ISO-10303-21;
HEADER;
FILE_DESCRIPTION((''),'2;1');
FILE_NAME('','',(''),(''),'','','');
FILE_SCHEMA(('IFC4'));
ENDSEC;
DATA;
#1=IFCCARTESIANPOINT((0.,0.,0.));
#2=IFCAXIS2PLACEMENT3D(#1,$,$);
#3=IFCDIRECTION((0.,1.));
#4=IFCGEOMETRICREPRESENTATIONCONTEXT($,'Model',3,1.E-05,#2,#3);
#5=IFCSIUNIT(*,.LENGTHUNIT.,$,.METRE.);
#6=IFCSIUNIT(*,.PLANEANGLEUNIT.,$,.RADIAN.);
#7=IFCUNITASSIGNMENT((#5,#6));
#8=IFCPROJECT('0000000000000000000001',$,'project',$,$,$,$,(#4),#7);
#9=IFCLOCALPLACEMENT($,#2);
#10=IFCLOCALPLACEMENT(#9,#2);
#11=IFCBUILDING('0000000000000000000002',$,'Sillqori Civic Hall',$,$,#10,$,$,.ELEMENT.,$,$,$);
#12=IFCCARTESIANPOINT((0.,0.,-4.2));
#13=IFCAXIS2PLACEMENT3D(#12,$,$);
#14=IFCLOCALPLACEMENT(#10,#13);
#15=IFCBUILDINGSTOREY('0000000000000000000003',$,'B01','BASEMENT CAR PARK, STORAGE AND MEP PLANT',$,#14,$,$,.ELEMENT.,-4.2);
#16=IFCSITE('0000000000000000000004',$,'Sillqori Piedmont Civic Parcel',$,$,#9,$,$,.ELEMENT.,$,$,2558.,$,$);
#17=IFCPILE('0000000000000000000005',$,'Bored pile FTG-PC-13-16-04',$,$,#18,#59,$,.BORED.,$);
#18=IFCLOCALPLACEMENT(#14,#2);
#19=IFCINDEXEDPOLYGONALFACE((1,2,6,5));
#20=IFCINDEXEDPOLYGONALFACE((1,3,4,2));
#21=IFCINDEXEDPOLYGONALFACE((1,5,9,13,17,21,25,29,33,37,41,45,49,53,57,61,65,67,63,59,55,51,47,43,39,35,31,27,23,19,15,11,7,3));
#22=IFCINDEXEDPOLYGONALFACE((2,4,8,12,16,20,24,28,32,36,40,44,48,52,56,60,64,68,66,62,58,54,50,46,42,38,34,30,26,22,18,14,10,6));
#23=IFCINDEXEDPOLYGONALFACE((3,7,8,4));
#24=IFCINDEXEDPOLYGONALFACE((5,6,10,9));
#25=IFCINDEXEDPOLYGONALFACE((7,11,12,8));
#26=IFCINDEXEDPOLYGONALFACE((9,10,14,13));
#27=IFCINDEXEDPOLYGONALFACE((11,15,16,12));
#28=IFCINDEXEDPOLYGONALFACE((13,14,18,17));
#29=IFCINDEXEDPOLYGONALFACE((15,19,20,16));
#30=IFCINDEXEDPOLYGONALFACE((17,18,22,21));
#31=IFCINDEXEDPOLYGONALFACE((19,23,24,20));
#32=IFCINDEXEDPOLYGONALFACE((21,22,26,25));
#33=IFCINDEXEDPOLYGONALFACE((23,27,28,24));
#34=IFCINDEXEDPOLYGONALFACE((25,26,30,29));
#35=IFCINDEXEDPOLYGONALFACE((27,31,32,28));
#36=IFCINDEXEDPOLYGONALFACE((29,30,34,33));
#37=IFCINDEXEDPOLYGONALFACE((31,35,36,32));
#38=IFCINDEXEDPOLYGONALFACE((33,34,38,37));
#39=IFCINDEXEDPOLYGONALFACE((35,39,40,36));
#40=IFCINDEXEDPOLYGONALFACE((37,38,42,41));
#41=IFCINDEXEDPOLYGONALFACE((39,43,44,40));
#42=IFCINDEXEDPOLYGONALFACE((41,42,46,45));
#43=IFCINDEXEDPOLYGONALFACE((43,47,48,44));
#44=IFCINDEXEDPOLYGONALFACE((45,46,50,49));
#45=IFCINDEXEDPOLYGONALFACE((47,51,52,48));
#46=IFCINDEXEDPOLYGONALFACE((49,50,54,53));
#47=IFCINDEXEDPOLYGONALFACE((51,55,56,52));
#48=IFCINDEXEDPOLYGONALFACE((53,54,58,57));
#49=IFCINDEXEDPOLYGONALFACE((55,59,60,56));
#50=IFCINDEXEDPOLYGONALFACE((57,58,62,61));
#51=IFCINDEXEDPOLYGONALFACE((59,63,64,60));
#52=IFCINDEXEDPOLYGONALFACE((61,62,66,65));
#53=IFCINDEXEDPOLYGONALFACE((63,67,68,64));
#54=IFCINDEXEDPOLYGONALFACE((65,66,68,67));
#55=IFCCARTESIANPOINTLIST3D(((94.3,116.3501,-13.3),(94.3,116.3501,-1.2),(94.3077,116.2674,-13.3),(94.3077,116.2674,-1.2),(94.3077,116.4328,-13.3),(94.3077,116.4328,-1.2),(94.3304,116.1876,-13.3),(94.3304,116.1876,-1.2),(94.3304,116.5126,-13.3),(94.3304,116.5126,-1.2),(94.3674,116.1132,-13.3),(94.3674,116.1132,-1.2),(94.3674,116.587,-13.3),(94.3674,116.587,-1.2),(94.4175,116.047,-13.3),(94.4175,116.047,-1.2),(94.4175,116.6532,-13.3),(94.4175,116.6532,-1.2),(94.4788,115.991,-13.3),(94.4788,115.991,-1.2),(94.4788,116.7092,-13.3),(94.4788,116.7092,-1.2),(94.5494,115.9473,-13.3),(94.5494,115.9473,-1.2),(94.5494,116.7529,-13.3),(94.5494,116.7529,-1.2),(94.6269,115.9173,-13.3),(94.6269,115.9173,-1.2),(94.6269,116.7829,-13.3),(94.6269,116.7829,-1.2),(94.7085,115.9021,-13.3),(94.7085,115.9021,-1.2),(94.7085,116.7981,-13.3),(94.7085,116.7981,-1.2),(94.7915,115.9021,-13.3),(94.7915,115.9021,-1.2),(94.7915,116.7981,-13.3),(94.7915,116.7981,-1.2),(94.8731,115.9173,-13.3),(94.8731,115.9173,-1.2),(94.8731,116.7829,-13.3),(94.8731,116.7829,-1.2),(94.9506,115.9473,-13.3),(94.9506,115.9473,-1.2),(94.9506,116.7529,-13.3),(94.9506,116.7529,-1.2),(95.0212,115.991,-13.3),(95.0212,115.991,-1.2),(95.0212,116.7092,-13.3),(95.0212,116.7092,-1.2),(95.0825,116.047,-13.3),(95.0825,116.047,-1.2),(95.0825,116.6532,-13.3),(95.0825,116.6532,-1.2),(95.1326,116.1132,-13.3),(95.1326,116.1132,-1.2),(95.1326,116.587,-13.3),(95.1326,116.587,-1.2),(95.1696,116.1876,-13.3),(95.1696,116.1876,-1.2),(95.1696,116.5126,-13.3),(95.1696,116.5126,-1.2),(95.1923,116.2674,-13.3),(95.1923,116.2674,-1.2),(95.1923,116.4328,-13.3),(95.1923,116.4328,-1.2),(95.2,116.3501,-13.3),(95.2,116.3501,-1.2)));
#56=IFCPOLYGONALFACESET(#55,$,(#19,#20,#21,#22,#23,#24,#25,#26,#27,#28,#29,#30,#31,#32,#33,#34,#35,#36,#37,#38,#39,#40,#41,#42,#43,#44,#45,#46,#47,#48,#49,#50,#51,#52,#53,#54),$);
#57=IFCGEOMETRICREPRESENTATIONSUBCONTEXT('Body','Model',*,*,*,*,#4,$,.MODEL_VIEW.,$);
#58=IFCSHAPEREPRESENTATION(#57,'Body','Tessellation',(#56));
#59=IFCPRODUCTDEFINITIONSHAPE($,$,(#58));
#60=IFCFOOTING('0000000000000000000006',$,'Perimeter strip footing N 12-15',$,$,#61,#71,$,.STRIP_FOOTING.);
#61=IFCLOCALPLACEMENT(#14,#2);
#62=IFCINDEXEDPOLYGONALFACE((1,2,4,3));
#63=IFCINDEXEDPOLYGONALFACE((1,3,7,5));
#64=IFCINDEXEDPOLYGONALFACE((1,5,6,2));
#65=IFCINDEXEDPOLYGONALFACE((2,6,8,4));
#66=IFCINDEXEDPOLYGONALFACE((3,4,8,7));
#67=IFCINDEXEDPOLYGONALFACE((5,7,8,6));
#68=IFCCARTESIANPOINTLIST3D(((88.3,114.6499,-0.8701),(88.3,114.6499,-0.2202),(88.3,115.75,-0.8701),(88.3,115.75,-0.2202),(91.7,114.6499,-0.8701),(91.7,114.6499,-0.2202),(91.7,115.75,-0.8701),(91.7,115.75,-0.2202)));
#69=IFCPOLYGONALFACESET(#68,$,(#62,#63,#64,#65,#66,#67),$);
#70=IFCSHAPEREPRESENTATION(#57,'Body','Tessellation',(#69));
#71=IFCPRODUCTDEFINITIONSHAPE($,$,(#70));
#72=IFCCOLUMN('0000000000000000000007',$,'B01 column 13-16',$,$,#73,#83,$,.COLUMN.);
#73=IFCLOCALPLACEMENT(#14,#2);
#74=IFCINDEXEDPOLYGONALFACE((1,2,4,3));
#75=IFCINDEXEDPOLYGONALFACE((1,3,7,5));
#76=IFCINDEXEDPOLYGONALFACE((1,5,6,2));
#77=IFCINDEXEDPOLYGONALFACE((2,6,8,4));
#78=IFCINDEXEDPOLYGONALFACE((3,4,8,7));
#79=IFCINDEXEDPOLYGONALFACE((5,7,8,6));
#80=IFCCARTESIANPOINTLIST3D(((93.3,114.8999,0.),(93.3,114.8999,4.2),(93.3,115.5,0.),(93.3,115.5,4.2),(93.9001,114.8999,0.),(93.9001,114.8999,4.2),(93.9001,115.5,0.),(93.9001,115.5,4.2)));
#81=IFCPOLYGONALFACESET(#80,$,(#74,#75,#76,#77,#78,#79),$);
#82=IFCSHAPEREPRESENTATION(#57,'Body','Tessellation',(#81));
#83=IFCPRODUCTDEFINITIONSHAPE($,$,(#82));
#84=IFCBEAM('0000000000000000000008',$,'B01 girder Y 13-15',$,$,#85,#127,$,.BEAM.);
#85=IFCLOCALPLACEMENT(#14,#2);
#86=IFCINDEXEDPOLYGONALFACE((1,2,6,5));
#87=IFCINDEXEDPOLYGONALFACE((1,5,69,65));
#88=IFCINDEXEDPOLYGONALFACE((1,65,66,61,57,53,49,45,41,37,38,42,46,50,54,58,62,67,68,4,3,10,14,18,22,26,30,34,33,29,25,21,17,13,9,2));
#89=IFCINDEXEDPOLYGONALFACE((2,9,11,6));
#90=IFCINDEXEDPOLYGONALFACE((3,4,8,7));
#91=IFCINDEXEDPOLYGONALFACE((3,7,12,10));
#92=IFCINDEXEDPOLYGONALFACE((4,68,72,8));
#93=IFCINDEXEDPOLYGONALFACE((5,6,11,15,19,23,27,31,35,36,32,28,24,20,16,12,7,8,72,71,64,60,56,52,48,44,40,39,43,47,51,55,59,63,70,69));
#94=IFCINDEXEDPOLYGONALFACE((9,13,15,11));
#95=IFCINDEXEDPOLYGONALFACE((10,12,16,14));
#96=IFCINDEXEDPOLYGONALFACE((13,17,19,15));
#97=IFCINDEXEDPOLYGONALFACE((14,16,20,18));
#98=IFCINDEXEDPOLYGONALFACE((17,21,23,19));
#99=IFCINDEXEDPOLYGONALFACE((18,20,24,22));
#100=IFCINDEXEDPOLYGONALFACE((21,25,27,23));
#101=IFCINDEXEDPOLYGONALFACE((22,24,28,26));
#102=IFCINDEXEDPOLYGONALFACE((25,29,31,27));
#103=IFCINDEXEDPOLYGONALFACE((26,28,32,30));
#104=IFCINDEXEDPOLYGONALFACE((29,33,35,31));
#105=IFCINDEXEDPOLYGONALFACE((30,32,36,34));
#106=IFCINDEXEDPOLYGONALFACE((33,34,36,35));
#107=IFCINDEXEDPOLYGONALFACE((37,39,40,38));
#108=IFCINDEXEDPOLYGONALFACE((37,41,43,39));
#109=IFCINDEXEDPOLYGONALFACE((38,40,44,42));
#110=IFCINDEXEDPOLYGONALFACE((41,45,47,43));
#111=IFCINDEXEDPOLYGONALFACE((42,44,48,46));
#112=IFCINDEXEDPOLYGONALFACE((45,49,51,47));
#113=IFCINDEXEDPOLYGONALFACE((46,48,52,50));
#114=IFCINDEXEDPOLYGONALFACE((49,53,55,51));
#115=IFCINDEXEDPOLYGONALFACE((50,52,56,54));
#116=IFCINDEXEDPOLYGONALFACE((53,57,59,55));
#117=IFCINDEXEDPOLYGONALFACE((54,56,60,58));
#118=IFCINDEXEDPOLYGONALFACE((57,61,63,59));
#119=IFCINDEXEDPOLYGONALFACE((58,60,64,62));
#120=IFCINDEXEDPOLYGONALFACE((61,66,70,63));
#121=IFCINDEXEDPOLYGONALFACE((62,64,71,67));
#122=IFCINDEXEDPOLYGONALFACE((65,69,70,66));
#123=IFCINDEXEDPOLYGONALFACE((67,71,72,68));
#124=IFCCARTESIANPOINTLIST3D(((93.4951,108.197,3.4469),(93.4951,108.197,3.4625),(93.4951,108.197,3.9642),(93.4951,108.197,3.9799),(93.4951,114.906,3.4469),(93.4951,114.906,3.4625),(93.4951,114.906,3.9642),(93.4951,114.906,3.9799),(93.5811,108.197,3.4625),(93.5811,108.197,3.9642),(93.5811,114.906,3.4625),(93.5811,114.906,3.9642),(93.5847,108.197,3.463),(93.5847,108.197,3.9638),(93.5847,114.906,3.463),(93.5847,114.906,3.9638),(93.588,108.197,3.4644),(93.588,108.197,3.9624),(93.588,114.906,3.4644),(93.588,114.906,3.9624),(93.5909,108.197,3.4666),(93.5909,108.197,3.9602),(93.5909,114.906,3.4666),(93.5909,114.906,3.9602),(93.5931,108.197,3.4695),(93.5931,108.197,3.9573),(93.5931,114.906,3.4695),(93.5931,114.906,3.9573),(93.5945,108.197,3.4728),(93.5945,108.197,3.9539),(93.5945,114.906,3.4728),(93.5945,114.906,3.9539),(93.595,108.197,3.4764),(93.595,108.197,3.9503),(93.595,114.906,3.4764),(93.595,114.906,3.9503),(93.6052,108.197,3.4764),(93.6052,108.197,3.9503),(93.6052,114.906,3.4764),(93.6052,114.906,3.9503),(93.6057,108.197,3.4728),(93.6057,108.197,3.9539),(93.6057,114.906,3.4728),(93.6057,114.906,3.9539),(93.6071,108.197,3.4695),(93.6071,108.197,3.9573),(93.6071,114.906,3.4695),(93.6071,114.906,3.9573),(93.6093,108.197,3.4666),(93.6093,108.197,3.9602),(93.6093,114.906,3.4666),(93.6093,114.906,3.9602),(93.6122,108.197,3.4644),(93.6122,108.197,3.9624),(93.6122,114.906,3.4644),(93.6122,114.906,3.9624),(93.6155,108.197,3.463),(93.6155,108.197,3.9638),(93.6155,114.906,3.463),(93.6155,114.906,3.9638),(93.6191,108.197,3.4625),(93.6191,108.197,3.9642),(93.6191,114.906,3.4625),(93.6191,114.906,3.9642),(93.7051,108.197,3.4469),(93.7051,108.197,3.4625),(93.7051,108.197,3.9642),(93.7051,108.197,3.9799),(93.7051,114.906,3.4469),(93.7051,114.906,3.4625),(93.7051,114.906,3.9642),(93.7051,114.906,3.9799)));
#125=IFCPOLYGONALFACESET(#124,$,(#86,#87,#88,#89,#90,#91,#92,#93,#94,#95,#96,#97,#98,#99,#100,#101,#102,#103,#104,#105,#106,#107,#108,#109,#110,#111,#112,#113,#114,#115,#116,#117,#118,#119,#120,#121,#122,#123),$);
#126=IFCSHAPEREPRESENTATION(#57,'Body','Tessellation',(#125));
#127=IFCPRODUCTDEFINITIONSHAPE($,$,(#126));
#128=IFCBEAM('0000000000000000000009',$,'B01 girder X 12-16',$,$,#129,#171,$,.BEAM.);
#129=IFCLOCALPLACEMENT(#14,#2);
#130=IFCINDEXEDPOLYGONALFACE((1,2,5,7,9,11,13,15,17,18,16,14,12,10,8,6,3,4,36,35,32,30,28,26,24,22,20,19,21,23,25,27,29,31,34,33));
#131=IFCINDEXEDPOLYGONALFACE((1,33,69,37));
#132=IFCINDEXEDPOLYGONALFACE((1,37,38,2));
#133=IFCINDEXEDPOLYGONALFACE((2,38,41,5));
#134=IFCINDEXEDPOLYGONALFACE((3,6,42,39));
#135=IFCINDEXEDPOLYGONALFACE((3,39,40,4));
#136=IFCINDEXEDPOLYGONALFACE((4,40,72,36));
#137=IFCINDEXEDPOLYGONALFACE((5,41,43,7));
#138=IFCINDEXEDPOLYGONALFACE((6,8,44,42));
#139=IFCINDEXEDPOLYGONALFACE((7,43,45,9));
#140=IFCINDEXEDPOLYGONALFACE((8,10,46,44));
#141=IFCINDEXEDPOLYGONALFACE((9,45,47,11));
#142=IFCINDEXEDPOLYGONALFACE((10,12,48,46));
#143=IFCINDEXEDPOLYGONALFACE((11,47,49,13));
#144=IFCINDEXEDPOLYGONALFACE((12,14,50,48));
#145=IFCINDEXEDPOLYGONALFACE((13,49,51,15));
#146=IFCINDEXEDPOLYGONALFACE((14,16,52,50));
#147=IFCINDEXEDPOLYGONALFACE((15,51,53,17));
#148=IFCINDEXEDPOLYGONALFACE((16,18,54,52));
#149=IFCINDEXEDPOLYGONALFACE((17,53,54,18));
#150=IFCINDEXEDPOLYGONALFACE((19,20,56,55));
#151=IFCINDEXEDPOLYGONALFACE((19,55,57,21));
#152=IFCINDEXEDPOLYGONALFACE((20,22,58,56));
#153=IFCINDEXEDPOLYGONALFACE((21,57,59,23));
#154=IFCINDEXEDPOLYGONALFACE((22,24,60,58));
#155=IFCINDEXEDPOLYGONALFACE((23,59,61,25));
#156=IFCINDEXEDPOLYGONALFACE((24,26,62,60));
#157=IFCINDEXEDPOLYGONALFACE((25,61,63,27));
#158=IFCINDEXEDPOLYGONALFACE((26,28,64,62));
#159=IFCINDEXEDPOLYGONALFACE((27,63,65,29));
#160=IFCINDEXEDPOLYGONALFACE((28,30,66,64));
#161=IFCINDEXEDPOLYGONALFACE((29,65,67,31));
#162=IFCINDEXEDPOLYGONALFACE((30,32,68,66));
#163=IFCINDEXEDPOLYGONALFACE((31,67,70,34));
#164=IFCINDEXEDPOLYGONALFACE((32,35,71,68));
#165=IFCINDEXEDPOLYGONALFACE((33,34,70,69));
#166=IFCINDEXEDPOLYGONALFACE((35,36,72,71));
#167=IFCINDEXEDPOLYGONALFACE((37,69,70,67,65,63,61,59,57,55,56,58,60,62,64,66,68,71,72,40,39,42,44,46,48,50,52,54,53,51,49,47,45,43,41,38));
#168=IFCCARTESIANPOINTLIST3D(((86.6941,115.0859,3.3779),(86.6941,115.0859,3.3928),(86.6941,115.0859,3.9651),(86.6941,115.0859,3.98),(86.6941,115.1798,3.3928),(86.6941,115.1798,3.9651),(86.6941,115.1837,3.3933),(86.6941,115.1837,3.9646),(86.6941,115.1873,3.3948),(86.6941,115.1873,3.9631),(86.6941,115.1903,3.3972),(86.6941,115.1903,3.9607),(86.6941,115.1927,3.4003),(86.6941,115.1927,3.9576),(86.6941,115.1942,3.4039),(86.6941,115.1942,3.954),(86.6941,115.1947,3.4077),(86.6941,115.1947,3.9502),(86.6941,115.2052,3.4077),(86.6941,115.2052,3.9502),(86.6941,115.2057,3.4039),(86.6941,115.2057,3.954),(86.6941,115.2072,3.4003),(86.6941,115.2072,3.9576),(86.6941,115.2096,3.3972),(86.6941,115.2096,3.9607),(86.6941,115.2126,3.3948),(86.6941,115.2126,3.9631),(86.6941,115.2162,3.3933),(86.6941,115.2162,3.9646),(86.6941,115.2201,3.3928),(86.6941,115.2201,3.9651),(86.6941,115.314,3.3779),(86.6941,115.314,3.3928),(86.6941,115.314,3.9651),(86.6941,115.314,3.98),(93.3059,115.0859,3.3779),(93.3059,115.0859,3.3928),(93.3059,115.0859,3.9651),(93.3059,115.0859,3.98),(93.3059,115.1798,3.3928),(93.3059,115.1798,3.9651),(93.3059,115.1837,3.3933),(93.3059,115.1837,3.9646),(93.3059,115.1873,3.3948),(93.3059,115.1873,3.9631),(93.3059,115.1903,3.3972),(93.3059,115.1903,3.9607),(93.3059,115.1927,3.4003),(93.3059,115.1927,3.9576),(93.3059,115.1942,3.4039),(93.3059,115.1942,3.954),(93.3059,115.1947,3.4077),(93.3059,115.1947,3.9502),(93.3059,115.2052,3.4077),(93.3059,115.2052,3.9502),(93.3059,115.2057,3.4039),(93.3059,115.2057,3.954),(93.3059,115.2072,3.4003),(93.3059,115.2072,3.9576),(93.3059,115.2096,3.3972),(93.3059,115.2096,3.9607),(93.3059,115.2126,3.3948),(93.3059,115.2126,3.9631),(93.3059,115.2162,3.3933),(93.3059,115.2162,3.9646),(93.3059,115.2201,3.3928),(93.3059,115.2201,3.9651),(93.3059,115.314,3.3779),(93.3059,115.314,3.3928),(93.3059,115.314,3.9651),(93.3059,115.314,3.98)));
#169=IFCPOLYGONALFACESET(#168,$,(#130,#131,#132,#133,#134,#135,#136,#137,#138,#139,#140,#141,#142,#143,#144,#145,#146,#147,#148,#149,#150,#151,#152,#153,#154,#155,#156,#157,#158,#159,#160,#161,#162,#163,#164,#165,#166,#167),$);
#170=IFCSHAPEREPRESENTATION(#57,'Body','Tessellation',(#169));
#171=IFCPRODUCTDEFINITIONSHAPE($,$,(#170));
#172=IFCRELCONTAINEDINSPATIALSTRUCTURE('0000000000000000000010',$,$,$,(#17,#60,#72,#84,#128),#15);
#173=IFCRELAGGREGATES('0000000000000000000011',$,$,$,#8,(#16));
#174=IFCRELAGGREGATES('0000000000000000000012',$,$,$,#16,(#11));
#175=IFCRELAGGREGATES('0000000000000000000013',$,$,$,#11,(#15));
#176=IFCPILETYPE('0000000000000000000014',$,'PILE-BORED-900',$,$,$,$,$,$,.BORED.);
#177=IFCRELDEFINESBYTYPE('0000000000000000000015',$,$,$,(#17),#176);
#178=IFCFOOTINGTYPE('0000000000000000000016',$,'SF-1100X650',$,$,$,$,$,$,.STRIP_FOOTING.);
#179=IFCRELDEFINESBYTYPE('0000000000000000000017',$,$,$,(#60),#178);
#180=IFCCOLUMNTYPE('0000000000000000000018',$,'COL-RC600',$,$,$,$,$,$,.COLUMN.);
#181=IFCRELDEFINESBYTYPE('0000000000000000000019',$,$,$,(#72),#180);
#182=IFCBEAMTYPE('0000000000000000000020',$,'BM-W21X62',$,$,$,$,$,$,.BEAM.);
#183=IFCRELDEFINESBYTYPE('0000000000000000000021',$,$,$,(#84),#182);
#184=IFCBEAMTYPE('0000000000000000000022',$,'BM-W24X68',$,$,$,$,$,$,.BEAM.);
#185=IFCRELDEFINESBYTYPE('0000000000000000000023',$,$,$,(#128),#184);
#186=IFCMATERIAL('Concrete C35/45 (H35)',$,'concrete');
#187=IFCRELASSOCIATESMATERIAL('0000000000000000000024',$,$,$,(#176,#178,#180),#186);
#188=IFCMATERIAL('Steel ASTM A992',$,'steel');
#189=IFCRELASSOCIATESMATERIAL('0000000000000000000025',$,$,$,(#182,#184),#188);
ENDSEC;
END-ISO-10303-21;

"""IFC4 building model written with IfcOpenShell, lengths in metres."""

from ifc_helpers import new_model, si_unit, direction, frame, origin, origin_2d, place, context, subcontext, project, spatial, rectangle, circle, i_section, extrude, material, material_profile, profile_set, type_object, element, save


model = new_model("IFC4")

# Units and contexts
model_context = context("Model", 3, precision=1e-05, world=origin(), true_north=direction((0.0, 1.0)))
body_context = subcontext(model_context, "Body", "Model", "MODEL_VIEW")
ifc_project = project(units=[si_unit("LENGTHUNIT", "METRE"), si_unit("PLANEANGLEUNIT", "RADIAN")], contexts=[model_context])

# Site, building, storey
site_placement = place(None, origin())
site = spatial("IfcSite", under=ifc_project, at=site_placement, Name="Sillqori Piedmont Civic Parcel", CompositionType="ELEMENT", RefElevation=2558.0)
building_placement = place(site_placement, origin())
building = spatial("IfcBuilding", under=site, at=building_placement, Name="Sillqori Civic Hall", CompositionType="ELEMENT")
storey_placement = place(building_placement, frame((0.0, 0.0, -4.2)))
storey = spatial("IfcBuildingStorey", under=building, at=storey_placement, Name="B01", Description="BASEMENT CAR PARK, STORAGE AND MEP PLANT", CompositionType="ELEMENT", Elevation=-4.2)

# Shared definitions
ifc_material_1 = material(Name="Concrete C35/45 (H35)", Category="concrete")

# Pile
ifc_material_profile_1 = material_profile(ifc_material_1, circle(Radius=0.45, at=origin_2d()), Name="BORED PILE 900")
ifc_profile_set_1 = profile_set([ifc_material_profile_1], Name="Concrete C35/45 (H35)")
pile_type = type_object("IfcPileType", Name="PILE-BORED-900", PredefinedType="BORED", material=ifc_profile_set_1)
for number, where, z_axis, x_axis, name in (
    (1, (94.75, 116.3501, -1.2), (0.0, 0.0, -1.0), (1.0, 0.0, 0.0), "Bored pile FTG-PC-13-16-04"),
):
    element("IfcPile", number, at=place(storey_placement, frame(where, z_axis=z_axis, x_axis=x_axis)), inside=storey, type_object=pile_type, Name=name, PredefinedType="BORED", context=body_context, shape_type="SweptSolid", body=[
        extrude(circle(Radius=0.45, at=origin_2d()), origin(), (0.0, 0.0, 1.0), 12.1001),
    ])

# Footing
footing_type_1 = type_object("IfcFootingType", Name="SF-1100X650", PredefinedType="STRIP_FOOTING", material=ifc_material_1)
footing_1_placement = place(storey_placement, frame((90.0, 115.2, -0.8701), z_axis=(0.0, 0.0, 1.0), x_axis=(1.0, 0.0, 0.0)))
element("IfcFooting", 2, at=footing_1_placement, inside=storey, type_object=footing_type_1, Name="Perimeter strip footing N 12-15", PredefinedType="STRIP_FOOTING", context=body_context, shape_type="SweptSolid", body=[
    extrude(rectangle(XDim=3.3999, YDim=1.1001, at=origin_2d()), origin(), (0.0, 0.0, 1.0), 0.6499),
])

# Column
ifc_material_profile_2 = material_profile(ifc_material_1, rectangle(XDim=0.6001, YDim=0.6001, at=origin_2d()), Name="RC 600x600")
ifc_profile_set_2 = profile_set([ifc_material_profile_2], Name="Concrete C35/45 (H35)")
column_type = type_object("IfcColumnType", Name="COL-RC600", PredefinedType="COLUMN", material=ifc_profile_set_2)
column_placement = place(storey_placement, frame((93.6001, 115.2, 0.0), z_axis=(0.0, 0.0, 1.0), x_axis=(1.0, 0.0, 0.0)))
element("IfcColumn", 3, at=column_placement, inside=storey, type_object=column_type, Name="B01 column 13-16", PredefinedType="COLUMN", context=body_context, shape_type="SweptSolid", body=[
    extrude(rectangle(XDim=0.6001, YDim=0.6001, at=origin_2d()), origin(), (0.0, 0.0, 1.0), 4.2),
])

# Beams
ifc_material_2 = material(Name="Steel ASTM A992", Category="steel")
ifc_material_profile_3 = material_profile(ifc_material_2, i_section(OverallWidth=0.21, OverallDepth=0.533, WebThickness=0.0103, FlangeThickness=0.0156, FilletRadius=0.0139, at=origin_2d()), Name="W21X62")
ifc_profile_set_3 = profile_set([ifc_material_profile_3], Name="Steel ASTM A992")
beam_type_1 = type_object("IfcBeamType", Name="BM-W21X62", PredefinedType="BEAM", material=ifc_profile_set_3)
beam_1_placement = place(storey_placement, frame((93.6001, 108.197, 3.7134), z_axis=(0.0, 1.0, 0.0), x_axis=(-1.0, 0.0, 0.0)))
element("IfcBeam", 4, at=beam_1_placement, inside=storey, type_object=beam_type_1, Name="B01 girder Y 13-15", PredefinedType="BEAM", context=body_context, shape_type="SweptSolid", body=[
    extrude(i_section(OverallWidth=0.21, OverallDepth=0.533, WebThickness=0.0103, FlangeThickness=0.0156, FilletRadius=0.0139, at=origin_2d()), origin(), (0.0, 0.0, 1.0), 6.709),
])
ifc_material_profile_4 = material_profile(ifc_material_2, i_section(OverallWidth=0.228, OverallDepth=0.6021, WebThickness=0.0105, FlangeThickness=0.0149, FilletRadius=0.0149, at=origin_2d()), Name="W24X68")
ifc_profile_set_4 = profile_set([ifc_material_profile_4], Name="Steel ASTM A992")
beam_type_2 = type_object("IfcBeamType", Name="BM-W24X68", PredefinedType="BEAM", material=ifc_profile_set_4)
beam_2_placement = place(storey_placement, frame((86.6941, 115.2, 3.679), z_axis=(1.0, 0.0, 0.0), x_axis=(0.0, 1.0, 0.0)))
element("IfcBeam", 5, at=beam_2_placement, inside=storey, type_object=beam_type_2, Name="B01 girder X 12-16", PredefinedType="BEAM", context=body_context, shape_type="SweptSolid", body=[
    extrude(i_section(OverallWidth=0.228, OverallDepth=0.6021, WebThickness=0.0105, FlangeThickness=0.0149, FilletRadius=0.0149, at=origin_2d()), origin(), (0.0, 0.0, 1.0), 6.6118),
])

save(model, "model.ifc")
